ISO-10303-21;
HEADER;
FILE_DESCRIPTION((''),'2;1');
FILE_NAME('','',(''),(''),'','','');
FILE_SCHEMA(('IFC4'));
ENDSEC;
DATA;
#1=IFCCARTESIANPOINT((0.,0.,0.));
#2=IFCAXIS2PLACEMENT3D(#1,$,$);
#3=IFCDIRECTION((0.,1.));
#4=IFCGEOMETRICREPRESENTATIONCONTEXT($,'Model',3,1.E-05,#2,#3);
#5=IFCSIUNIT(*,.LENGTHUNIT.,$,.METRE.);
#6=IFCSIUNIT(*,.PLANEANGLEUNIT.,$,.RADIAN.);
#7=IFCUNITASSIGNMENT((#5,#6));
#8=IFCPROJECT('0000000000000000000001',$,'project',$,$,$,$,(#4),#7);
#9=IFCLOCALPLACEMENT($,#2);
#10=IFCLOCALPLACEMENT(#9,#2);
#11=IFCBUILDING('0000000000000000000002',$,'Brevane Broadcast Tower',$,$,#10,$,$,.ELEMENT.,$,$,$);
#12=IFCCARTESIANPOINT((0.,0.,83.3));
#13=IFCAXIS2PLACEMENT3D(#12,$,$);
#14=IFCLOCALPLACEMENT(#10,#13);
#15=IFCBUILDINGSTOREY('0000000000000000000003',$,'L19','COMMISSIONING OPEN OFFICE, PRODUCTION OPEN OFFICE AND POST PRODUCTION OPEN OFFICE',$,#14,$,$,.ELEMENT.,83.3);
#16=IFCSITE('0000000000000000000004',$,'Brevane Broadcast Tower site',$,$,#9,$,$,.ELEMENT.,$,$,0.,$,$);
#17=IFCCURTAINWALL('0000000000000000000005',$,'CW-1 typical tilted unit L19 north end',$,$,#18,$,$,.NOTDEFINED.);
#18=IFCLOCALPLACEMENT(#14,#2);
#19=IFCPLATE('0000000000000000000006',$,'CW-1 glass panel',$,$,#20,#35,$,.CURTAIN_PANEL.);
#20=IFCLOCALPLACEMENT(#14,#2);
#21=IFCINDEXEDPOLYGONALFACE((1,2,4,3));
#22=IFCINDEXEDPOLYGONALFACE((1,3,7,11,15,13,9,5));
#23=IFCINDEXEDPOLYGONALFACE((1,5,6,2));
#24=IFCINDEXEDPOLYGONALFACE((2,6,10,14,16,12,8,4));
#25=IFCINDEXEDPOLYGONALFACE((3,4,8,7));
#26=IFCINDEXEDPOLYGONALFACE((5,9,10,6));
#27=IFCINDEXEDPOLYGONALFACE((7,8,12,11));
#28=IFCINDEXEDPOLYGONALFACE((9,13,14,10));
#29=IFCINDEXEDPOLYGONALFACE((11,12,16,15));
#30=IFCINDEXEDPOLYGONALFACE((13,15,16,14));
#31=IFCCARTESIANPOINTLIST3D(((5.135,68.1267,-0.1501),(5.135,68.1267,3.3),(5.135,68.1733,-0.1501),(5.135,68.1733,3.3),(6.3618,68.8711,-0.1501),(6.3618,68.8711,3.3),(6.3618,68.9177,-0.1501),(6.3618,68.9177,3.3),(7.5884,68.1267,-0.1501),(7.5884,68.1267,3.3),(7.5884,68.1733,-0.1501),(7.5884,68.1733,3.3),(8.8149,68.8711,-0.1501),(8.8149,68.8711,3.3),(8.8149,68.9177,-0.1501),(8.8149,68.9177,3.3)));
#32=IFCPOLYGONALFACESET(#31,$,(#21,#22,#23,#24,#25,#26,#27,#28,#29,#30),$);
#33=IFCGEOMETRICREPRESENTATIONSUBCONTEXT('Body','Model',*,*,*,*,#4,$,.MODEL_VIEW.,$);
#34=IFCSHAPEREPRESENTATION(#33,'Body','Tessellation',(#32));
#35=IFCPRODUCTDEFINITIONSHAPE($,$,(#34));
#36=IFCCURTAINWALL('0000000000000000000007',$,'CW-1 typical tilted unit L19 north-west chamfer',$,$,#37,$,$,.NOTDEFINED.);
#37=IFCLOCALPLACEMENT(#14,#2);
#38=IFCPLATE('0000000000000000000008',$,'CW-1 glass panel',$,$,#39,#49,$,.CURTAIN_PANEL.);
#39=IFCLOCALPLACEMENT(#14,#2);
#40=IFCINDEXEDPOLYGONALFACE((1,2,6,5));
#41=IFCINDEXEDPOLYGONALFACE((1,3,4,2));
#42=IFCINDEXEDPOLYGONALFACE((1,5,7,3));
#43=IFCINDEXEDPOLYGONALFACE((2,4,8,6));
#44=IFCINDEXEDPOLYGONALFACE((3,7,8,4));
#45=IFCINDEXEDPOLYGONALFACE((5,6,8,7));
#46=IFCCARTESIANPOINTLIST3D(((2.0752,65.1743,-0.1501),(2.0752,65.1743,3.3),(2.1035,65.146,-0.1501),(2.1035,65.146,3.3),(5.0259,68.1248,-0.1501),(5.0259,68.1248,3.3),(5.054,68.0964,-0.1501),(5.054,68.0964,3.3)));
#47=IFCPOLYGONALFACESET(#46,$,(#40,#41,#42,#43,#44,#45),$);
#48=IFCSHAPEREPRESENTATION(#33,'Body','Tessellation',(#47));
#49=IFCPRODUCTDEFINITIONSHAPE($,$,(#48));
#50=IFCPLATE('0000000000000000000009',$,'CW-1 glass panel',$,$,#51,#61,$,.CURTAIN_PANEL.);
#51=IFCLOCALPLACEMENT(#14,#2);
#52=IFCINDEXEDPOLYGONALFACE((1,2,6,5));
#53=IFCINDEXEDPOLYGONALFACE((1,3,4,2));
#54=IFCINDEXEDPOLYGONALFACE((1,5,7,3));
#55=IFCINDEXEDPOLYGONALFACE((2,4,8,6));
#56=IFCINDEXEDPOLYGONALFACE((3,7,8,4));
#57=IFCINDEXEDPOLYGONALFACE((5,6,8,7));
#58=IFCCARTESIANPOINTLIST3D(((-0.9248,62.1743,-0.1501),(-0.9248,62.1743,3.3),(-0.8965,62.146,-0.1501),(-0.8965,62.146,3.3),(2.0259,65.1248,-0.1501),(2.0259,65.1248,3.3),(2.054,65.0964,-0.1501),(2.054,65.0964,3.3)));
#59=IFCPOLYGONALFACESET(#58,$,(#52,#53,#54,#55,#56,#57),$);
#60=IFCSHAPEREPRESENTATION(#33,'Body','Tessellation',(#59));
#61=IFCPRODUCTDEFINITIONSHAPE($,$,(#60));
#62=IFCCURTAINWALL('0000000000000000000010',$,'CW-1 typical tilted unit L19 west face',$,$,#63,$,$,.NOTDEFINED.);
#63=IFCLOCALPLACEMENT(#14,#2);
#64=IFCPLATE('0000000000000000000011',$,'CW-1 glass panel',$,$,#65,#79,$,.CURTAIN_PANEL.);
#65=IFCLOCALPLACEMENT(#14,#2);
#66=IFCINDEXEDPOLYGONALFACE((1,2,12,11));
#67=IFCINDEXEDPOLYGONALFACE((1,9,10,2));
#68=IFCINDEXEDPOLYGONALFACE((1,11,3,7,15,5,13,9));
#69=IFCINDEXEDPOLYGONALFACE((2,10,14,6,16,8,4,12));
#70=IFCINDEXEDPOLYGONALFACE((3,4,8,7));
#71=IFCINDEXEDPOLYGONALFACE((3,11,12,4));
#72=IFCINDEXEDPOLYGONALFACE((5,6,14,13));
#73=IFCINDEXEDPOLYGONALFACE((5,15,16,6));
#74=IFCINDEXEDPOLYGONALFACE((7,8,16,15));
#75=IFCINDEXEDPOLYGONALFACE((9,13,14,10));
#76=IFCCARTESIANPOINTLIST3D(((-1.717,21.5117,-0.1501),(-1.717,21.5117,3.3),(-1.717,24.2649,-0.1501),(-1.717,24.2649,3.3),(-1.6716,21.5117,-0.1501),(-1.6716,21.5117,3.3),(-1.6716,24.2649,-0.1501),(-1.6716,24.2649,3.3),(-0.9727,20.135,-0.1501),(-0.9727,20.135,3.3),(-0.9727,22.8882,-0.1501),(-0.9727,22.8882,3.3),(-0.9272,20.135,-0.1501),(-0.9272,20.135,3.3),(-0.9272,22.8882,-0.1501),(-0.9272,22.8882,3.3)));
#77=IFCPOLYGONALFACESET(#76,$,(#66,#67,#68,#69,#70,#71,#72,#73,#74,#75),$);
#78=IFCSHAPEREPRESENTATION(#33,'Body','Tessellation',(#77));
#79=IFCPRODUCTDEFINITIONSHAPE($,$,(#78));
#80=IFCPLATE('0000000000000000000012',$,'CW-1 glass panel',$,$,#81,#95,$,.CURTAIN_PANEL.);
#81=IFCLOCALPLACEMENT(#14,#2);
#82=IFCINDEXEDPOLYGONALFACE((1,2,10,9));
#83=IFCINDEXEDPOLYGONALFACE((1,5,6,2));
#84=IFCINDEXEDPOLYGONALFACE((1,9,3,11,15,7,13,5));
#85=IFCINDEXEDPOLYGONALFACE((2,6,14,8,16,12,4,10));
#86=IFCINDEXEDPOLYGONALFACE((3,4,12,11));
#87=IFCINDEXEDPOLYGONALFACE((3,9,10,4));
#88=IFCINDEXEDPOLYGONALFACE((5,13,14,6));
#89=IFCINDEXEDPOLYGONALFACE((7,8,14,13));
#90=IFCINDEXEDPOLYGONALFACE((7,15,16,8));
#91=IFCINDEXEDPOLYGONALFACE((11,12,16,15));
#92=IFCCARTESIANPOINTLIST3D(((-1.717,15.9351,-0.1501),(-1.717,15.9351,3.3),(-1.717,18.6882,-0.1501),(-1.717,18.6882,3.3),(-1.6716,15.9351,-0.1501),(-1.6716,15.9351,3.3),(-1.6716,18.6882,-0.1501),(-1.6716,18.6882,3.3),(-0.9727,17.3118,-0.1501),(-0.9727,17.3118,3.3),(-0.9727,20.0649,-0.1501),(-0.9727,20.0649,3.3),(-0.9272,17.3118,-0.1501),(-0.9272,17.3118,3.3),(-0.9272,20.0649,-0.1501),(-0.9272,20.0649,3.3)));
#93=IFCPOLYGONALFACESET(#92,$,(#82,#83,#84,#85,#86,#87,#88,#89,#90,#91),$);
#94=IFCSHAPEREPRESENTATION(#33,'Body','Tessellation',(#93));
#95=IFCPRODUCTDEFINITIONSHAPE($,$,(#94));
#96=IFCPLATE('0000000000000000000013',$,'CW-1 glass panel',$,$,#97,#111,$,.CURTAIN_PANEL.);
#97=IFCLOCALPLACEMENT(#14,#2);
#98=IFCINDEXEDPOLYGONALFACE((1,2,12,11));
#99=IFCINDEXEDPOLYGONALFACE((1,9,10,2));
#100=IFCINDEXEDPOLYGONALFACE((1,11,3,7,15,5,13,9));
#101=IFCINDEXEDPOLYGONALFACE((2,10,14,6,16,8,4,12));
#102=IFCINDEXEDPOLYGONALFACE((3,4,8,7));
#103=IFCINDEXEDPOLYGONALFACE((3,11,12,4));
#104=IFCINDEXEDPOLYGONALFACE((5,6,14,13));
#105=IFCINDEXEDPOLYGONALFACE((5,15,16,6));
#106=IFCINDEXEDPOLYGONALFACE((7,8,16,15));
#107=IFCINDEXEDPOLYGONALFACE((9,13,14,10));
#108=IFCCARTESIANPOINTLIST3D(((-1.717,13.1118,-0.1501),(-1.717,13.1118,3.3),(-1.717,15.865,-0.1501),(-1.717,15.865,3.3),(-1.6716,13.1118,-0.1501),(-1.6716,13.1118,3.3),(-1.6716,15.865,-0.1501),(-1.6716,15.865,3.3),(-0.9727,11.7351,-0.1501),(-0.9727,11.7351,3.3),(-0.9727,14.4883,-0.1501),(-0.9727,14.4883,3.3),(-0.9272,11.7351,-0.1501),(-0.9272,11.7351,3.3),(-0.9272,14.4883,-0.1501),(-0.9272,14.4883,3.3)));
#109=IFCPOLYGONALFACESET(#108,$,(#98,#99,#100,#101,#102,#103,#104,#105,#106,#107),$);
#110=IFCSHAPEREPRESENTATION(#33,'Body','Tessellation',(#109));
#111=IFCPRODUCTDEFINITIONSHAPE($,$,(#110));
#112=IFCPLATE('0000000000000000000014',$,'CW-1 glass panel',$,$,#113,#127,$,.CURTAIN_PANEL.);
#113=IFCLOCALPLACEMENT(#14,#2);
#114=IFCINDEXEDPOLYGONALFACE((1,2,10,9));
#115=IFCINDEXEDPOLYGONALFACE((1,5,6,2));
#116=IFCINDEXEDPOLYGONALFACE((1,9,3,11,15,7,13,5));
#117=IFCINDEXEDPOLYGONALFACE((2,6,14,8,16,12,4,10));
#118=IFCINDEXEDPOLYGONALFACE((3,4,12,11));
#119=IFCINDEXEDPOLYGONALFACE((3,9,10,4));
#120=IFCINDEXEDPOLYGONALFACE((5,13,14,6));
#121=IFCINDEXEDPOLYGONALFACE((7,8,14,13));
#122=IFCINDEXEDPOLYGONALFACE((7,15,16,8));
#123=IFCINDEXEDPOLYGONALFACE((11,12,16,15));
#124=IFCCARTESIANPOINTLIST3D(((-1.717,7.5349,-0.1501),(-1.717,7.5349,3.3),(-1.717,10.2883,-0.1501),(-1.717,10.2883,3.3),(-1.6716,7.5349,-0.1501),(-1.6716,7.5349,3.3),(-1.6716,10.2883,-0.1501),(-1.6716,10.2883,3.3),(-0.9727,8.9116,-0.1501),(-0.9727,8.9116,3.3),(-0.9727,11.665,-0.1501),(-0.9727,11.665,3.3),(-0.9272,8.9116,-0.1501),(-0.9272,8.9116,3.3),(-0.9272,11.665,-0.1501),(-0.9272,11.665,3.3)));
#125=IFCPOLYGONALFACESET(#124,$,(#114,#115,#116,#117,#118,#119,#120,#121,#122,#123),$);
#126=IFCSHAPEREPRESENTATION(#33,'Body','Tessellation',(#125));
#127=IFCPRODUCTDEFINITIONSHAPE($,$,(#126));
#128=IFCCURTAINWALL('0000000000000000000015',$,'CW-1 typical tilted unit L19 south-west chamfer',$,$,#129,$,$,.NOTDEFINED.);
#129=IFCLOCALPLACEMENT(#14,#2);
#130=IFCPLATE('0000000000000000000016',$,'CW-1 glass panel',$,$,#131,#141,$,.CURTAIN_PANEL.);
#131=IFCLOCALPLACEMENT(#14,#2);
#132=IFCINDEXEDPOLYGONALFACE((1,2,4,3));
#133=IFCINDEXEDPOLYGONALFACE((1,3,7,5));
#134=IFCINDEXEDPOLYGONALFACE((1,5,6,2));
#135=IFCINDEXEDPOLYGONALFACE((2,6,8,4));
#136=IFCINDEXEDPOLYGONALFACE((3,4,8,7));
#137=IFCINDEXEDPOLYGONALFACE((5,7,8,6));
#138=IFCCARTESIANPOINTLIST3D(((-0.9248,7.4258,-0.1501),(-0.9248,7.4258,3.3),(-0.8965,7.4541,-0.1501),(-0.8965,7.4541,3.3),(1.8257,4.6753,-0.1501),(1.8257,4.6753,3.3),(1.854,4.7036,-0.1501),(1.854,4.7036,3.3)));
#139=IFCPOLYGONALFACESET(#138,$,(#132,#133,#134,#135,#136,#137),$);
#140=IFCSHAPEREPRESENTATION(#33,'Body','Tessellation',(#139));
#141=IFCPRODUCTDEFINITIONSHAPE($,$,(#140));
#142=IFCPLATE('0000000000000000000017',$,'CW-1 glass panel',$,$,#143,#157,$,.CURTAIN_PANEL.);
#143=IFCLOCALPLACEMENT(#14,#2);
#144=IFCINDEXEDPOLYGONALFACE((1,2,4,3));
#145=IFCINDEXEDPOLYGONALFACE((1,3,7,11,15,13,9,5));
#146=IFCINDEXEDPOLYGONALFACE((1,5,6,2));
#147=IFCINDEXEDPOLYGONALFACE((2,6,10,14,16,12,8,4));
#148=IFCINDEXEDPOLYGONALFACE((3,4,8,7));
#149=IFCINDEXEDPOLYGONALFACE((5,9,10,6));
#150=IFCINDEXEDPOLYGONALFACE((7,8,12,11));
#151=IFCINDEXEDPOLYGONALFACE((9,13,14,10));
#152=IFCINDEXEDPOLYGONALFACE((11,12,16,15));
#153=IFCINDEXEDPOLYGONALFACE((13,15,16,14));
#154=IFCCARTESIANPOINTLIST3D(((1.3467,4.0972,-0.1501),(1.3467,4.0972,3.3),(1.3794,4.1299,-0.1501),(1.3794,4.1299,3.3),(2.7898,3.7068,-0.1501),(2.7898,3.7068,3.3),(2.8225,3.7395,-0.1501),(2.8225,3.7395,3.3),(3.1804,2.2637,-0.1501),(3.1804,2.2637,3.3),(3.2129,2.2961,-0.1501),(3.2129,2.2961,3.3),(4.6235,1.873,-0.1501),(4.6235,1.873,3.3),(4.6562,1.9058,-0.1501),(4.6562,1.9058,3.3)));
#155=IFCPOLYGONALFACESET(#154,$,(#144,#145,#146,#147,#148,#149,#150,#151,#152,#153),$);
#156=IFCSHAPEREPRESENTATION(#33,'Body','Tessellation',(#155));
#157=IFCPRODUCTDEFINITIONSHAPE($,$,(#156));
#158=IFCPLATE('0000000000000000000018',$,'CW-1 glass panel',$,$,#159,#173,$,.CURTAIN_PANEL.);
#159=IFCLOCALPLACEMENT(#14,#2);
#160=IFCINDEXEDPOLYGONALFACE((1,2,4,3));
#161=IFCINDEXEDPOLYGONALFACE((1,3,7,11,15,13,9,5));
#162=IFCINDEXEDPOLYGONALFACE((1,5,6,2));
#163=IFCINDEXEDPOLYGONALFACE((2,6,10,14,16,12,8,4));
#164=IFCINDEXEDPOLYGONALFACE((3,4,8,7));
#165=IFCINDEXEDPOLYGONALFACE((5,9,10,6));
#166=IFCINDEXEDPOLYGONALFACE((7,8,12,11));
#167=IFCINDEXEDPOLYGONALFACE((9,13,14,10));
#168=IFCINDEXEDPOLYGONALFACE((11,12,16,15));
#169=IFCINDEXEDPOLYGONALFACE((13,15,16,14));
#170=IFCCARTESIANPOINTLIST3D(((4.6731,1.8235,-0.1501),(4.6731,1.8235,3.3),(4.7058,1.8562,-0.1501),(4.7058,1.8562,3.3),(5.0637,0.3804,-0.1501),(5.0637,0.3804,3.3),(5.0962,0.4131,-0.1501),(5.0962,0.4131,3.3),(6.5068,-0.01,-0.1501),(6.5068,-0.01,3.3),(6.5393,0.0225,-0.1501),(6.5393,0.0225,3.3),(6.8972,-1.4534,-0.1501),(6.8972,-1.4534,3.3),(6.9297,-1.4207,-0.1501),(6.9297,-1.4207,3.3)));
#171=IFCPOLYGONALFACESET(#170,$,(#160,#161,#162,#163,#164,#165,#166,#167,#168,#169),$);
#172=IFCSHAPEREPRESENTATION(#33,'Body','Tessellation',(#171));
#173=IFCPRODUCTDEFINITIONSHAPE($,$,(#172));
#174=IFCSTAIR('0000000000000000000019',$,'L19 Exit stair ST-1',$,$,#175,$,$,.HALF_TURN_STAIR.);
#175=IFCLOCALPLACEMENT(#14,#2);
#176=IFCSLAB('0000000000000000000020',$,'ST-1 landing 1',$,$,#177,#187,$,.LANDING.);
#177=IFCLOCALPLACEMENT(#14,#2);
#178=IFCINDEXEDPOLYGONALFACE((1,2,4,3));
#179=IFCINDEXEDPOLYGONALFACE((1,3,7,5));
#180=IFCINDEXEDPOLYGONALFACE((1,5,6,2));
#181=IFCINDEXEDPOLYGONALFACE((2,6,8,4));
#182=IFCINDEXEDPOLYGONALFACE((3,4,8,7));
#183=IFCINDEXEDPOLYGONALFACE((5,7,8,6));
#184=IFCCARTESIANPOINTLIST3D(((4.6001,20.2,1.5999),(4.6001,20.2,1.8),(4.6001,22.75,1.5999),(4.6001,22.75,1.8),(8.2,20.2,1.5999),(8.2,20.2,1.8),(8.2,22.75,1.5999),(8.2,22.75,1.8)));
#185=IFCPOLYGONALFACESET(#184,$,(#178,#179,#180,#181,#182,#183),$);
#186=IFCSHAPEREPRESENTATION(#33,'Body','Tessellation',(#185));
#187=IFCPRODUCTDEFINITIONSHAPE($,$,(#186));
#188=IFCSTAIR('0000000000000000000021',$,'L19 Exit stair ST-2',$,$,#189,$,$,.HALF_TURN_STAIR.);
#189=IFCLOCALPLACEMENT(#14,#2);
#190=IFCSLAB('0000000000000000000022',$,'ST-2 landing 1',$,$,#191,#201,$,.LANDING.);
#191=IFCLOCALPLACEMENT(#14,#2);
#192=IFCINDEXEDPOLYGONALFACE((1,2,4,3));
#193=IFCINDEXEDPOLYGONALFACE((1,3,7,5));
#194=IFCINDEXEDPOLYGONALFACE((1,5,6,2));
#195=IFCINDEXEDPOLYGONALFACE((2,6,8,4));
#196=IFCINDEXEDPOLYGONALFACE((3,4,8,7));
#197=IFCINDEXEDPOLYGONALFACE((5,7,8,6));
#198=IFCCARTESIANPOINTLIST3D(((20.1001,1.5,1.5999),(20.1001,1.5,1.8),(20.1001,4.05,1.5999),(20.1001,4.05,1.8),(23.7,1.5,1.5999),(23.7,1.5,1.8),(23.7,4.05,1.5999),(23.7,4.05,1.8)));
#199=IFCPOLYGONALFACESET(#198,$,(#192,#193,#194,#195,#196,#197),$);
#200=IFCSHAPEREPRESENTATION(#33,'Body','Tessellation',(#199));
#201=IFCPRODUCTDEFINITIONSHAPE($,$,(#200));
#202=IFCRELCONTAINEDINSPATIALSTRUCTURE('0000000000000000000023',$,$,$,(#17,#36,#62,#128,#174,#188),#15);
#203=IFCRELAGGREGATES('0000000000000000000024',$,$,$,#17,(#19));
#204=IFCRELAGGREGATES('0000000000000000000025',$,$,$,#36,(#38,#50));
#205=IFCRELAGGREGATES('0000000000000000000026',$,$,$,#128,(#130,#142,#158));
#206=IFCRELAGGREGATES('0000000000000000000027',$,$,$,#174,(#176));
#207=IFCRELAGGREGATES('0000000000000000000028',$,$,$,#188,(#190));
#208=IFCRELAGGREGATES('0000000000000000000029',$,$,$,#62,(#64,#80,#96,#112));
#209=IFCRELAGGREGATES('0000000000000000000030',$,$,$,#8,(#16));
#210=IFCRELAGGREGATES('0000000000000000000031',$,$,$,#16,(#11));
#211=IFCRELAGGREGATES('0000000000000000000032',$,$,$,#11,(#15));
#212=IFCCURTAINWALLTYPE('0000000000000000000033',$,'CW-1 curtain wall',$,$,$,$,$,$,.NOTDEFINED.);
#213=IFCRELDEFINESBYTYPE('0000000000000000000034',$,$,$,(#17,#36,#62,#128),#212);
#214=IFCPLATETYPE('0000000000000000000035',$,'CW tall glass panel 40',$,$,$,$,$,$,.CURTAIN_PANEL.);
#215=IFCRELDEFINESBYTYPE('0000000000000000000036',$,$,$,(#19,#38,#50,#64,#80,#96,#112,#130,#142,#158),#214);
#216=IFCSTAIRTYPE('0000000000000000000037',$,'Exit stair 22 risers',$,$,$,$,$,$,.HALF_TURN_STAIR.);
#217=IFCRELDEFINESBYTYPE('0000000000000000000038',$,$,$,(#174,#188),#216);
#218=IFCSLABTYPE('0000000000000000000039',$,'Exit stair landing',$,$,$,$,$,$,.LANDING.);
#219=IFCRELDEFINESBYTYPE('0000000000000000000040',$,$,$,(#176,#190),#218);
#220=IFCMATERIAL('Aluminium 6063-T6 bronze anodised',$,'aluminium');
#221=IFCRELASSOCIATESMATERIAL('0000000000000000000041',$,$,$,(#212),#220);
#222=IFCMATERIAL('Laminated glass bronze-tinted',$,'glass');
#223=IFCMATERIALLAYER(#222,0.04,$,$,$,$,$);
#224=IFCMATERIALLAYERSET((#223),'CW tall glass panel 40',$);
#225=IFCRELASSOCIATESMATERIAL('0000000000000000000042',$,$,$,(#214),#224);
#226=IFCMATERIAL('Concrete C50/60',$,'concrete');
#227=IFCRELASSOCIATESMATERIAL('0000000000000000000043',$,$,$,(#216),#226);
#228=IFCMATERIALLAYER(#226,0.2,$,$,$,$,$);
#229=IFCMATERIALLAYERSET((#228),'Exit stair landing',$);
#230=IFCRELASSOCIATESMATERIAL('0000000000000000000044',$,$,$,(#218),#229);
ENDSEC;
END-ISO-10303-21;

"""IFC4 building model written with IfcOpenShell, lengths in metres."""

from ifc_helpers import new_model, si_unit, direction, frame, origin, place, context, subcontext, project, spatial, polyline, outline, extrude, material, layer, layer_set, type_object, element, aggregate, save


model = new_model("IFC4")

# Units and contexts
model_context = context("Model", 3, precision=1e-05, world=origin(), true_north=direction((0.0, 1.0)))
body_context = subcontext(model_context, "Body", "Model", "MODEL_VIEW")
ifc_project = project(units=[si_unit("LENGTHUNIT", "METRE"), si_unit("PLANEANGLEUNIT", "RADIAN")], contexts=[model_context])

# Site, building, storey
site_placement = place(None, origin())
site = spatial("IfcSite", under=ifc_project, at=site_placement, Name="Brevane Broadcast Tower site", CompositionType="ELEMENT", RefElevation=0.0)
building_placement = place(site_placement, origin())
building = spatial("IfcBuilding", under=site, at=building_placement, Name="Brevane Broadcast Tower", CompositionType="ELEMENT")
storey_placement = place(building_placement, frame((0.0, 0.0, 83.3)))
storey = spatial("IfcBuildingStorey", under=building, at=storey_placement, Name="L19", Description="COMMISSIONING OPEN OFFICE, PRODUCTION OPEN OFFICE AND POST PRODUCTION OPEN OFFICE", CompositionType="ELEMENT", Elevation=83.3)

# Curtain wall, plate
ifc_material_1 = material(Name="Aluminium 6063-T6 bronze anodised", Category="aluminium")
curtain_wall_type = type_object("IfcCurtainWallType", Name="CW-1 curtain wall", PredefinedType="NOTDEFINED", material=ifc_material_1)
curtain_wall_1_placement = place(storey_placement, origin())
curtain_wall_1 = element("IfcCurtainWall", 1, at=curtain_wall_1_placement, inside=storey, type_object=curtain_wall_type, Name="CW-1 typical tilted unit L19 north end", PredefinedType="NOTDEFINED")
ifc_material_2 = material(Name="Laminated glass bronze-tinted", Category="glass")
ifc_layer_1 = layer(ifc_material_2, 0.04)
ifc_layer_set_1 = layer_set([ifc_layer_1], Name="CW tall glass panel 40")
plate_type = type_object("IfcPlateType", Name="CW tall glass panel 40", PredefinedType="CURTAIN_PANEL", material=ifc_layer_set_1)
plate_1_placement = place(storey_placement, frame((0.0, 0.0, -0.1501)))
plate_1 = element("IfcPlate", 2, at=plate_1_placement, type_object=plate_type, Name="CW-1 glass panel", PredefinedType="CURTAIN_PANEL", context=body_context, shape_type="SweptSolid", body=[
    extrude(outline(polyline([(8.8149, 68.8711), (8.8149, 68.9177), (7.5884, 68.1733), (6.3618, 68.9177), (5.135, 68.1733), (5.135, 68.1267), (6.3618, 68.8711), (7.5884, 68.1267), (8.8149, 68.8711)])), origin(), (0.0, 0.0, 1.0), 3.4502),
])
aggregate(curtain_wall_1, [plate_1])

# Curtain walls, plates
curtain_wall_2_placement = place(storey_placement, origin())
curtain_wall_2 = element("IfcCurtainWall", 3, at=curtain_wall_2_placement, inside=storey, type_object=curtain_wall_type, Name="CW-1 typical tilted unit L19 north-west chamfer", PredefinedType="NOTDEFINED")
plate_2_placement = place(storey_placement, frame((0.0, 0.0, -0.1501)))
plate_2 = element("IfcPlate", 4, at=plate_2_placement, type_object=plate_type, Name="CW-1 glass panel", PredefinedType="CURTAIN_PANEL", context=body_context, shape_type="SweptSolid", body=[
    extrude(outline(polyline([(5.054, 68.0964), (2.1035, 65.146), (2.0752, 65.1743), (5.0259, 68.1248), (5.054, 68.0964)])), origin(), (0.0, 0.0, 1.0), 3.4502),
])
plate_3_placement = place(storey_placement, frame((0.0, 0.0, -0.1501)))
plate_3 = element("IfcPlate", 5, at=plate_3_placement, type_object=plate_type, Name="CW-1 glass panel", PredefinedType="CURTAIN_PANEL", context=body_context, shape_type="SweptSolid", body=[
    extrude(outline(polyline([(2.054, 65.0964), (-0.8965, 62.146), (-0.9248, 62.1743), (2.0259, 65.1248), (2.054, 65.0964)])), origin(), (0.0, 0.0, 1.0), 3.4502),
])
aggregate(curtain_wall_2, [plate_2, plate_3])
curtain_wall_3_placement = place(storey_placement, origin())
curtain_wall_3 = element("IfcCurtainWall", 6, at=curtain_wall_3_placement, inside=storey, type_object=curtain_wall_type, Name="CW-1 typical tilted unit L19 west face", PredefinedType="NOTDEFINED")
plate_4_placement = place(storey_placement, frame((0.0, 0.0, -0.1501)))
plate_4 = element("IfcPlate", 7, at=plate_4_placement, type_object=plate_type, Name="CW-1 glass panel", PredefinedType="CURTAIN_PANEL", context=body_context, shape_type="SweptSolid", body=[
    extrude(outline(polyline([(-1.6716, 24.2649), (-1.717, 24.2649), (-0.9727, 22.8882), (-1.717, 21.5117), (-0.9727, 20.135), (-0.9272, 20.135), (-1.6716, 21.5117), (-0.9272, 22.8882), (-1.6716, 24.2649)])), origin(), (0.0, 0.0, 1.0), 3.4502),
])
plate_5_placement = place(storey_placement, frame((0.0, 0.0, -0.1501)))
plate_5 = element("IfcPlate", 8, at=plate_5_placement, type_object=plate_type, Name="CW-1 glass panel", PredefinedType="CURTAIN_PANEL", context=body_context, shape_type="SweptSolid", body=[
    extrude(outline(polyline([(-0.9272, 20.0649), (-0.9727, 20.0649), (-1.717, 18.6882), (-0.9727, 17.3118), (-1.717, 15.9351), (-1.6716, 15.9351), (-0.9272, 17.3118), (-1.6716, 18.6882), (-0.9272, 20.0649)])), origin(), (0.0, 0.0, 1.0), 3.4502),
])
plate_6_placement = place(storey_placement, frame((0.0, 0.0, -0.1501)))
plate_6 = element("IfcPlate", 9, at=plate_6_placement, type_object=plate_type, Name="CW-1 glass panel", PredefinedType="CURTAIN_PANEL", context=body_context, shape_type="SweptSolid", body=[
    extrude(outline(polyline([(-1.6716, 15.865), (-1.717, 15.865), (-0.9727, 14.4883), (-1.717, 13.1118), (-0.9727, 11.7351), (-0.9272, 11.7351), (-1.6716, 13.1118), (-0.9272, 14.4883), (-1.6716, 15.865)])), origin(), (0.0, 0.0, 1.0), 3.4502),
])
plate_7_placement = place(storey_placement, frame((0.0, 0.0, -0.1501)))
plate_7 = element("IfcPlate", 10, at=plate_7_placement, type_object=plate_type, Name="CW-1 glass panel", PredefinedType="CURTAIN_PANEL", context=body_context, shape_type="SweptSolid", body=[
    extrude(outline(polyline([(-0.9272, 11.665), (-0.9727, 11.665), (-1.717, 10.2883), (-0.9727, 8.9116), (-1.717, 7.5349), (-1.6716, 7.5349), (-0.9272, 8.9116), (-1.6716, 10.2883), (-0.9272, 11.665)])), origin(), (0.0, 0.0, 1.0), 3.4502),
])
curtain_wall_4_placement = place(storey_placement, origin())
curtain_wall_4 = element("IfcCurtainWall", 11, at=curtain_wall_4_placement, inside=storey, type_object=curtain_wall_type, Name="CW-1 typical tilted unit L19 south-west chamfer", PredefinedType="NOTDEFINED")
plate_8_placement = place(storey_placement, frame((0.0, 0.0, -0.1501)))
plate_8 = element("IfcPlate", 12, at=plate_8_placement, type_object=plate_type, Name="CW-1 glass panel", PredefinedType="CURTAIN_PANEL", context=body_context, shape_type="SweptSolid", body=[
    extrude(outline(polyline([(-0.8965, 7.4541), (1.854, 4.7036), (1.8257, 4.6753), (-0.9248, 7.4258), (-0.8965, 7.4541)])), origin(), (0.0, 0.0, 1.0), 3.4502),
])
plate_9_placement = place(storey_placement, frame((0.0, 0.0, -0.1501)))
plate_9 = element("IfcPlate", 13, at=plate_9_placement, type_object=plate_type, Name="CW-1 glass panel", PredefinedType="CURTAIN_PANEL", context=body_context, shape_type="SweptSolid", body=[
    extrude(outline(polyline([(1.3794, 4.1299), (1.3467, 4.0972), (2.7898, 3.7068), (3.1804, 2.2637), (4.6235, 1.873), (4.6562, 1.9058), (3.2129, 2.2961), (2.8225, 3.7395), (1.3794, 4.1299)])), origin(), (0.0, 0.0, 1.0), 3.4502),
])
plate_10_placement = place(storey_placement, frame((0.0, 0.0, -0.1501)))
plate_10 = element("IfcPlate", 14, at=plate_10_placement, type_object=plate_type, Name="CW-1 glass panel", PredefinedType="CURTAIN_PANEL", context=body_context, shape_type="SweptSolid", body=[
    extrude(outline(polyline([(4.7058, 1.8562), (4.6731, 1.8235), (5.0637, 0.3804), (6.5068, -0.01), (6.8972, -1.4534), (6.9297, -1.4207), (6.5393, 0.0225), (5.0962, 0.4131), (4.7058, 1.8562)])), origin(), (0.0, 0.0, 1.0), 3.4502),
])
aggregate(curtain_wall_4, [plate_8, plate_9, plate_10])

# Stairs, slabs
ifc_material_3 = material(Name="Concrete C50/60", Category="concrete")
stair_type = type_object("IfcStairType", Name="Exit stair 22 risers", PredefinedType="HALF_TURN_STAIR", material=ifc_material_3)
stair_1_placement = place(storey_placement, origin())
stair_1 = element("IfcStair", 15, at=stair_1_placement, inside=storey, type_object=stair_type, Name="L19 Exit stair ST-1", PredefinedType="HALF_TURN_STAIR")
ifc_layer_2 = layer(ifc_material_3, 0.2)
ifc_layer_set_2 = layer_set([ifc_layer_2], Name="Exit stair landing")
slab_type_1 = type_object("IfcSlabType", Name="Exit stair landing", PredefinedType="LANDING", material=ifc_layer_set_2)
slab_1_placement = place(storey_placement, frame((0.0, 0.0, 1.5999)))
slab_1 = element("IfcSlab", 16, at=slab_1_placement, type_object=slab_type_1, Name="ST-1 landing 1", PredefinedType="LANDING", context=body_context, shape_type="SweptSolid", body=[
    extrude(outline(polyline([(4.6001, 20.2), (8.2, 20.2), (8.2, 22.75), (4.6001, 22.75), (4.6001, 20.2)])), origin(), (0.0, 0.0, 1.0), 0.2002),
])
aggregate(stair_1, [slab_1])
stair_2_placement = place(storey_placement, origin())
stair_2 = element("IfcStair", 17, at=stair_2_placement, inside=storey, type_object=stair_type, Name="L19 Exit stair ST-2", PredefinedType="HALF_TURN_STAIR")
slab_2_placement = place(storey_placement, frame((0.0, 0.0, 1.5999)))
slab_2 = element("IfcSlab", 18, at=slab_2_placement, type_object=slab_type_1, Name="ST-2 landing 1", PredefinedType="LANDING", context=body_context, shape_type="SweptSolid", body=[
    extrude(outline(polyline([(20.1001, 1.5), (23.7, 1.5), (23.7, 4.05), (20.1001, 4.05), (20.1001, 1.5)])), origin(), (0.0, 0.0, 1.0), 0.2002),
])
aggregate(stair_2, [slab_2])

aggregate(curtain_wall_3, [plate_4, plate_5, plate_6, plate_7])

save(model, "model.ifc")
